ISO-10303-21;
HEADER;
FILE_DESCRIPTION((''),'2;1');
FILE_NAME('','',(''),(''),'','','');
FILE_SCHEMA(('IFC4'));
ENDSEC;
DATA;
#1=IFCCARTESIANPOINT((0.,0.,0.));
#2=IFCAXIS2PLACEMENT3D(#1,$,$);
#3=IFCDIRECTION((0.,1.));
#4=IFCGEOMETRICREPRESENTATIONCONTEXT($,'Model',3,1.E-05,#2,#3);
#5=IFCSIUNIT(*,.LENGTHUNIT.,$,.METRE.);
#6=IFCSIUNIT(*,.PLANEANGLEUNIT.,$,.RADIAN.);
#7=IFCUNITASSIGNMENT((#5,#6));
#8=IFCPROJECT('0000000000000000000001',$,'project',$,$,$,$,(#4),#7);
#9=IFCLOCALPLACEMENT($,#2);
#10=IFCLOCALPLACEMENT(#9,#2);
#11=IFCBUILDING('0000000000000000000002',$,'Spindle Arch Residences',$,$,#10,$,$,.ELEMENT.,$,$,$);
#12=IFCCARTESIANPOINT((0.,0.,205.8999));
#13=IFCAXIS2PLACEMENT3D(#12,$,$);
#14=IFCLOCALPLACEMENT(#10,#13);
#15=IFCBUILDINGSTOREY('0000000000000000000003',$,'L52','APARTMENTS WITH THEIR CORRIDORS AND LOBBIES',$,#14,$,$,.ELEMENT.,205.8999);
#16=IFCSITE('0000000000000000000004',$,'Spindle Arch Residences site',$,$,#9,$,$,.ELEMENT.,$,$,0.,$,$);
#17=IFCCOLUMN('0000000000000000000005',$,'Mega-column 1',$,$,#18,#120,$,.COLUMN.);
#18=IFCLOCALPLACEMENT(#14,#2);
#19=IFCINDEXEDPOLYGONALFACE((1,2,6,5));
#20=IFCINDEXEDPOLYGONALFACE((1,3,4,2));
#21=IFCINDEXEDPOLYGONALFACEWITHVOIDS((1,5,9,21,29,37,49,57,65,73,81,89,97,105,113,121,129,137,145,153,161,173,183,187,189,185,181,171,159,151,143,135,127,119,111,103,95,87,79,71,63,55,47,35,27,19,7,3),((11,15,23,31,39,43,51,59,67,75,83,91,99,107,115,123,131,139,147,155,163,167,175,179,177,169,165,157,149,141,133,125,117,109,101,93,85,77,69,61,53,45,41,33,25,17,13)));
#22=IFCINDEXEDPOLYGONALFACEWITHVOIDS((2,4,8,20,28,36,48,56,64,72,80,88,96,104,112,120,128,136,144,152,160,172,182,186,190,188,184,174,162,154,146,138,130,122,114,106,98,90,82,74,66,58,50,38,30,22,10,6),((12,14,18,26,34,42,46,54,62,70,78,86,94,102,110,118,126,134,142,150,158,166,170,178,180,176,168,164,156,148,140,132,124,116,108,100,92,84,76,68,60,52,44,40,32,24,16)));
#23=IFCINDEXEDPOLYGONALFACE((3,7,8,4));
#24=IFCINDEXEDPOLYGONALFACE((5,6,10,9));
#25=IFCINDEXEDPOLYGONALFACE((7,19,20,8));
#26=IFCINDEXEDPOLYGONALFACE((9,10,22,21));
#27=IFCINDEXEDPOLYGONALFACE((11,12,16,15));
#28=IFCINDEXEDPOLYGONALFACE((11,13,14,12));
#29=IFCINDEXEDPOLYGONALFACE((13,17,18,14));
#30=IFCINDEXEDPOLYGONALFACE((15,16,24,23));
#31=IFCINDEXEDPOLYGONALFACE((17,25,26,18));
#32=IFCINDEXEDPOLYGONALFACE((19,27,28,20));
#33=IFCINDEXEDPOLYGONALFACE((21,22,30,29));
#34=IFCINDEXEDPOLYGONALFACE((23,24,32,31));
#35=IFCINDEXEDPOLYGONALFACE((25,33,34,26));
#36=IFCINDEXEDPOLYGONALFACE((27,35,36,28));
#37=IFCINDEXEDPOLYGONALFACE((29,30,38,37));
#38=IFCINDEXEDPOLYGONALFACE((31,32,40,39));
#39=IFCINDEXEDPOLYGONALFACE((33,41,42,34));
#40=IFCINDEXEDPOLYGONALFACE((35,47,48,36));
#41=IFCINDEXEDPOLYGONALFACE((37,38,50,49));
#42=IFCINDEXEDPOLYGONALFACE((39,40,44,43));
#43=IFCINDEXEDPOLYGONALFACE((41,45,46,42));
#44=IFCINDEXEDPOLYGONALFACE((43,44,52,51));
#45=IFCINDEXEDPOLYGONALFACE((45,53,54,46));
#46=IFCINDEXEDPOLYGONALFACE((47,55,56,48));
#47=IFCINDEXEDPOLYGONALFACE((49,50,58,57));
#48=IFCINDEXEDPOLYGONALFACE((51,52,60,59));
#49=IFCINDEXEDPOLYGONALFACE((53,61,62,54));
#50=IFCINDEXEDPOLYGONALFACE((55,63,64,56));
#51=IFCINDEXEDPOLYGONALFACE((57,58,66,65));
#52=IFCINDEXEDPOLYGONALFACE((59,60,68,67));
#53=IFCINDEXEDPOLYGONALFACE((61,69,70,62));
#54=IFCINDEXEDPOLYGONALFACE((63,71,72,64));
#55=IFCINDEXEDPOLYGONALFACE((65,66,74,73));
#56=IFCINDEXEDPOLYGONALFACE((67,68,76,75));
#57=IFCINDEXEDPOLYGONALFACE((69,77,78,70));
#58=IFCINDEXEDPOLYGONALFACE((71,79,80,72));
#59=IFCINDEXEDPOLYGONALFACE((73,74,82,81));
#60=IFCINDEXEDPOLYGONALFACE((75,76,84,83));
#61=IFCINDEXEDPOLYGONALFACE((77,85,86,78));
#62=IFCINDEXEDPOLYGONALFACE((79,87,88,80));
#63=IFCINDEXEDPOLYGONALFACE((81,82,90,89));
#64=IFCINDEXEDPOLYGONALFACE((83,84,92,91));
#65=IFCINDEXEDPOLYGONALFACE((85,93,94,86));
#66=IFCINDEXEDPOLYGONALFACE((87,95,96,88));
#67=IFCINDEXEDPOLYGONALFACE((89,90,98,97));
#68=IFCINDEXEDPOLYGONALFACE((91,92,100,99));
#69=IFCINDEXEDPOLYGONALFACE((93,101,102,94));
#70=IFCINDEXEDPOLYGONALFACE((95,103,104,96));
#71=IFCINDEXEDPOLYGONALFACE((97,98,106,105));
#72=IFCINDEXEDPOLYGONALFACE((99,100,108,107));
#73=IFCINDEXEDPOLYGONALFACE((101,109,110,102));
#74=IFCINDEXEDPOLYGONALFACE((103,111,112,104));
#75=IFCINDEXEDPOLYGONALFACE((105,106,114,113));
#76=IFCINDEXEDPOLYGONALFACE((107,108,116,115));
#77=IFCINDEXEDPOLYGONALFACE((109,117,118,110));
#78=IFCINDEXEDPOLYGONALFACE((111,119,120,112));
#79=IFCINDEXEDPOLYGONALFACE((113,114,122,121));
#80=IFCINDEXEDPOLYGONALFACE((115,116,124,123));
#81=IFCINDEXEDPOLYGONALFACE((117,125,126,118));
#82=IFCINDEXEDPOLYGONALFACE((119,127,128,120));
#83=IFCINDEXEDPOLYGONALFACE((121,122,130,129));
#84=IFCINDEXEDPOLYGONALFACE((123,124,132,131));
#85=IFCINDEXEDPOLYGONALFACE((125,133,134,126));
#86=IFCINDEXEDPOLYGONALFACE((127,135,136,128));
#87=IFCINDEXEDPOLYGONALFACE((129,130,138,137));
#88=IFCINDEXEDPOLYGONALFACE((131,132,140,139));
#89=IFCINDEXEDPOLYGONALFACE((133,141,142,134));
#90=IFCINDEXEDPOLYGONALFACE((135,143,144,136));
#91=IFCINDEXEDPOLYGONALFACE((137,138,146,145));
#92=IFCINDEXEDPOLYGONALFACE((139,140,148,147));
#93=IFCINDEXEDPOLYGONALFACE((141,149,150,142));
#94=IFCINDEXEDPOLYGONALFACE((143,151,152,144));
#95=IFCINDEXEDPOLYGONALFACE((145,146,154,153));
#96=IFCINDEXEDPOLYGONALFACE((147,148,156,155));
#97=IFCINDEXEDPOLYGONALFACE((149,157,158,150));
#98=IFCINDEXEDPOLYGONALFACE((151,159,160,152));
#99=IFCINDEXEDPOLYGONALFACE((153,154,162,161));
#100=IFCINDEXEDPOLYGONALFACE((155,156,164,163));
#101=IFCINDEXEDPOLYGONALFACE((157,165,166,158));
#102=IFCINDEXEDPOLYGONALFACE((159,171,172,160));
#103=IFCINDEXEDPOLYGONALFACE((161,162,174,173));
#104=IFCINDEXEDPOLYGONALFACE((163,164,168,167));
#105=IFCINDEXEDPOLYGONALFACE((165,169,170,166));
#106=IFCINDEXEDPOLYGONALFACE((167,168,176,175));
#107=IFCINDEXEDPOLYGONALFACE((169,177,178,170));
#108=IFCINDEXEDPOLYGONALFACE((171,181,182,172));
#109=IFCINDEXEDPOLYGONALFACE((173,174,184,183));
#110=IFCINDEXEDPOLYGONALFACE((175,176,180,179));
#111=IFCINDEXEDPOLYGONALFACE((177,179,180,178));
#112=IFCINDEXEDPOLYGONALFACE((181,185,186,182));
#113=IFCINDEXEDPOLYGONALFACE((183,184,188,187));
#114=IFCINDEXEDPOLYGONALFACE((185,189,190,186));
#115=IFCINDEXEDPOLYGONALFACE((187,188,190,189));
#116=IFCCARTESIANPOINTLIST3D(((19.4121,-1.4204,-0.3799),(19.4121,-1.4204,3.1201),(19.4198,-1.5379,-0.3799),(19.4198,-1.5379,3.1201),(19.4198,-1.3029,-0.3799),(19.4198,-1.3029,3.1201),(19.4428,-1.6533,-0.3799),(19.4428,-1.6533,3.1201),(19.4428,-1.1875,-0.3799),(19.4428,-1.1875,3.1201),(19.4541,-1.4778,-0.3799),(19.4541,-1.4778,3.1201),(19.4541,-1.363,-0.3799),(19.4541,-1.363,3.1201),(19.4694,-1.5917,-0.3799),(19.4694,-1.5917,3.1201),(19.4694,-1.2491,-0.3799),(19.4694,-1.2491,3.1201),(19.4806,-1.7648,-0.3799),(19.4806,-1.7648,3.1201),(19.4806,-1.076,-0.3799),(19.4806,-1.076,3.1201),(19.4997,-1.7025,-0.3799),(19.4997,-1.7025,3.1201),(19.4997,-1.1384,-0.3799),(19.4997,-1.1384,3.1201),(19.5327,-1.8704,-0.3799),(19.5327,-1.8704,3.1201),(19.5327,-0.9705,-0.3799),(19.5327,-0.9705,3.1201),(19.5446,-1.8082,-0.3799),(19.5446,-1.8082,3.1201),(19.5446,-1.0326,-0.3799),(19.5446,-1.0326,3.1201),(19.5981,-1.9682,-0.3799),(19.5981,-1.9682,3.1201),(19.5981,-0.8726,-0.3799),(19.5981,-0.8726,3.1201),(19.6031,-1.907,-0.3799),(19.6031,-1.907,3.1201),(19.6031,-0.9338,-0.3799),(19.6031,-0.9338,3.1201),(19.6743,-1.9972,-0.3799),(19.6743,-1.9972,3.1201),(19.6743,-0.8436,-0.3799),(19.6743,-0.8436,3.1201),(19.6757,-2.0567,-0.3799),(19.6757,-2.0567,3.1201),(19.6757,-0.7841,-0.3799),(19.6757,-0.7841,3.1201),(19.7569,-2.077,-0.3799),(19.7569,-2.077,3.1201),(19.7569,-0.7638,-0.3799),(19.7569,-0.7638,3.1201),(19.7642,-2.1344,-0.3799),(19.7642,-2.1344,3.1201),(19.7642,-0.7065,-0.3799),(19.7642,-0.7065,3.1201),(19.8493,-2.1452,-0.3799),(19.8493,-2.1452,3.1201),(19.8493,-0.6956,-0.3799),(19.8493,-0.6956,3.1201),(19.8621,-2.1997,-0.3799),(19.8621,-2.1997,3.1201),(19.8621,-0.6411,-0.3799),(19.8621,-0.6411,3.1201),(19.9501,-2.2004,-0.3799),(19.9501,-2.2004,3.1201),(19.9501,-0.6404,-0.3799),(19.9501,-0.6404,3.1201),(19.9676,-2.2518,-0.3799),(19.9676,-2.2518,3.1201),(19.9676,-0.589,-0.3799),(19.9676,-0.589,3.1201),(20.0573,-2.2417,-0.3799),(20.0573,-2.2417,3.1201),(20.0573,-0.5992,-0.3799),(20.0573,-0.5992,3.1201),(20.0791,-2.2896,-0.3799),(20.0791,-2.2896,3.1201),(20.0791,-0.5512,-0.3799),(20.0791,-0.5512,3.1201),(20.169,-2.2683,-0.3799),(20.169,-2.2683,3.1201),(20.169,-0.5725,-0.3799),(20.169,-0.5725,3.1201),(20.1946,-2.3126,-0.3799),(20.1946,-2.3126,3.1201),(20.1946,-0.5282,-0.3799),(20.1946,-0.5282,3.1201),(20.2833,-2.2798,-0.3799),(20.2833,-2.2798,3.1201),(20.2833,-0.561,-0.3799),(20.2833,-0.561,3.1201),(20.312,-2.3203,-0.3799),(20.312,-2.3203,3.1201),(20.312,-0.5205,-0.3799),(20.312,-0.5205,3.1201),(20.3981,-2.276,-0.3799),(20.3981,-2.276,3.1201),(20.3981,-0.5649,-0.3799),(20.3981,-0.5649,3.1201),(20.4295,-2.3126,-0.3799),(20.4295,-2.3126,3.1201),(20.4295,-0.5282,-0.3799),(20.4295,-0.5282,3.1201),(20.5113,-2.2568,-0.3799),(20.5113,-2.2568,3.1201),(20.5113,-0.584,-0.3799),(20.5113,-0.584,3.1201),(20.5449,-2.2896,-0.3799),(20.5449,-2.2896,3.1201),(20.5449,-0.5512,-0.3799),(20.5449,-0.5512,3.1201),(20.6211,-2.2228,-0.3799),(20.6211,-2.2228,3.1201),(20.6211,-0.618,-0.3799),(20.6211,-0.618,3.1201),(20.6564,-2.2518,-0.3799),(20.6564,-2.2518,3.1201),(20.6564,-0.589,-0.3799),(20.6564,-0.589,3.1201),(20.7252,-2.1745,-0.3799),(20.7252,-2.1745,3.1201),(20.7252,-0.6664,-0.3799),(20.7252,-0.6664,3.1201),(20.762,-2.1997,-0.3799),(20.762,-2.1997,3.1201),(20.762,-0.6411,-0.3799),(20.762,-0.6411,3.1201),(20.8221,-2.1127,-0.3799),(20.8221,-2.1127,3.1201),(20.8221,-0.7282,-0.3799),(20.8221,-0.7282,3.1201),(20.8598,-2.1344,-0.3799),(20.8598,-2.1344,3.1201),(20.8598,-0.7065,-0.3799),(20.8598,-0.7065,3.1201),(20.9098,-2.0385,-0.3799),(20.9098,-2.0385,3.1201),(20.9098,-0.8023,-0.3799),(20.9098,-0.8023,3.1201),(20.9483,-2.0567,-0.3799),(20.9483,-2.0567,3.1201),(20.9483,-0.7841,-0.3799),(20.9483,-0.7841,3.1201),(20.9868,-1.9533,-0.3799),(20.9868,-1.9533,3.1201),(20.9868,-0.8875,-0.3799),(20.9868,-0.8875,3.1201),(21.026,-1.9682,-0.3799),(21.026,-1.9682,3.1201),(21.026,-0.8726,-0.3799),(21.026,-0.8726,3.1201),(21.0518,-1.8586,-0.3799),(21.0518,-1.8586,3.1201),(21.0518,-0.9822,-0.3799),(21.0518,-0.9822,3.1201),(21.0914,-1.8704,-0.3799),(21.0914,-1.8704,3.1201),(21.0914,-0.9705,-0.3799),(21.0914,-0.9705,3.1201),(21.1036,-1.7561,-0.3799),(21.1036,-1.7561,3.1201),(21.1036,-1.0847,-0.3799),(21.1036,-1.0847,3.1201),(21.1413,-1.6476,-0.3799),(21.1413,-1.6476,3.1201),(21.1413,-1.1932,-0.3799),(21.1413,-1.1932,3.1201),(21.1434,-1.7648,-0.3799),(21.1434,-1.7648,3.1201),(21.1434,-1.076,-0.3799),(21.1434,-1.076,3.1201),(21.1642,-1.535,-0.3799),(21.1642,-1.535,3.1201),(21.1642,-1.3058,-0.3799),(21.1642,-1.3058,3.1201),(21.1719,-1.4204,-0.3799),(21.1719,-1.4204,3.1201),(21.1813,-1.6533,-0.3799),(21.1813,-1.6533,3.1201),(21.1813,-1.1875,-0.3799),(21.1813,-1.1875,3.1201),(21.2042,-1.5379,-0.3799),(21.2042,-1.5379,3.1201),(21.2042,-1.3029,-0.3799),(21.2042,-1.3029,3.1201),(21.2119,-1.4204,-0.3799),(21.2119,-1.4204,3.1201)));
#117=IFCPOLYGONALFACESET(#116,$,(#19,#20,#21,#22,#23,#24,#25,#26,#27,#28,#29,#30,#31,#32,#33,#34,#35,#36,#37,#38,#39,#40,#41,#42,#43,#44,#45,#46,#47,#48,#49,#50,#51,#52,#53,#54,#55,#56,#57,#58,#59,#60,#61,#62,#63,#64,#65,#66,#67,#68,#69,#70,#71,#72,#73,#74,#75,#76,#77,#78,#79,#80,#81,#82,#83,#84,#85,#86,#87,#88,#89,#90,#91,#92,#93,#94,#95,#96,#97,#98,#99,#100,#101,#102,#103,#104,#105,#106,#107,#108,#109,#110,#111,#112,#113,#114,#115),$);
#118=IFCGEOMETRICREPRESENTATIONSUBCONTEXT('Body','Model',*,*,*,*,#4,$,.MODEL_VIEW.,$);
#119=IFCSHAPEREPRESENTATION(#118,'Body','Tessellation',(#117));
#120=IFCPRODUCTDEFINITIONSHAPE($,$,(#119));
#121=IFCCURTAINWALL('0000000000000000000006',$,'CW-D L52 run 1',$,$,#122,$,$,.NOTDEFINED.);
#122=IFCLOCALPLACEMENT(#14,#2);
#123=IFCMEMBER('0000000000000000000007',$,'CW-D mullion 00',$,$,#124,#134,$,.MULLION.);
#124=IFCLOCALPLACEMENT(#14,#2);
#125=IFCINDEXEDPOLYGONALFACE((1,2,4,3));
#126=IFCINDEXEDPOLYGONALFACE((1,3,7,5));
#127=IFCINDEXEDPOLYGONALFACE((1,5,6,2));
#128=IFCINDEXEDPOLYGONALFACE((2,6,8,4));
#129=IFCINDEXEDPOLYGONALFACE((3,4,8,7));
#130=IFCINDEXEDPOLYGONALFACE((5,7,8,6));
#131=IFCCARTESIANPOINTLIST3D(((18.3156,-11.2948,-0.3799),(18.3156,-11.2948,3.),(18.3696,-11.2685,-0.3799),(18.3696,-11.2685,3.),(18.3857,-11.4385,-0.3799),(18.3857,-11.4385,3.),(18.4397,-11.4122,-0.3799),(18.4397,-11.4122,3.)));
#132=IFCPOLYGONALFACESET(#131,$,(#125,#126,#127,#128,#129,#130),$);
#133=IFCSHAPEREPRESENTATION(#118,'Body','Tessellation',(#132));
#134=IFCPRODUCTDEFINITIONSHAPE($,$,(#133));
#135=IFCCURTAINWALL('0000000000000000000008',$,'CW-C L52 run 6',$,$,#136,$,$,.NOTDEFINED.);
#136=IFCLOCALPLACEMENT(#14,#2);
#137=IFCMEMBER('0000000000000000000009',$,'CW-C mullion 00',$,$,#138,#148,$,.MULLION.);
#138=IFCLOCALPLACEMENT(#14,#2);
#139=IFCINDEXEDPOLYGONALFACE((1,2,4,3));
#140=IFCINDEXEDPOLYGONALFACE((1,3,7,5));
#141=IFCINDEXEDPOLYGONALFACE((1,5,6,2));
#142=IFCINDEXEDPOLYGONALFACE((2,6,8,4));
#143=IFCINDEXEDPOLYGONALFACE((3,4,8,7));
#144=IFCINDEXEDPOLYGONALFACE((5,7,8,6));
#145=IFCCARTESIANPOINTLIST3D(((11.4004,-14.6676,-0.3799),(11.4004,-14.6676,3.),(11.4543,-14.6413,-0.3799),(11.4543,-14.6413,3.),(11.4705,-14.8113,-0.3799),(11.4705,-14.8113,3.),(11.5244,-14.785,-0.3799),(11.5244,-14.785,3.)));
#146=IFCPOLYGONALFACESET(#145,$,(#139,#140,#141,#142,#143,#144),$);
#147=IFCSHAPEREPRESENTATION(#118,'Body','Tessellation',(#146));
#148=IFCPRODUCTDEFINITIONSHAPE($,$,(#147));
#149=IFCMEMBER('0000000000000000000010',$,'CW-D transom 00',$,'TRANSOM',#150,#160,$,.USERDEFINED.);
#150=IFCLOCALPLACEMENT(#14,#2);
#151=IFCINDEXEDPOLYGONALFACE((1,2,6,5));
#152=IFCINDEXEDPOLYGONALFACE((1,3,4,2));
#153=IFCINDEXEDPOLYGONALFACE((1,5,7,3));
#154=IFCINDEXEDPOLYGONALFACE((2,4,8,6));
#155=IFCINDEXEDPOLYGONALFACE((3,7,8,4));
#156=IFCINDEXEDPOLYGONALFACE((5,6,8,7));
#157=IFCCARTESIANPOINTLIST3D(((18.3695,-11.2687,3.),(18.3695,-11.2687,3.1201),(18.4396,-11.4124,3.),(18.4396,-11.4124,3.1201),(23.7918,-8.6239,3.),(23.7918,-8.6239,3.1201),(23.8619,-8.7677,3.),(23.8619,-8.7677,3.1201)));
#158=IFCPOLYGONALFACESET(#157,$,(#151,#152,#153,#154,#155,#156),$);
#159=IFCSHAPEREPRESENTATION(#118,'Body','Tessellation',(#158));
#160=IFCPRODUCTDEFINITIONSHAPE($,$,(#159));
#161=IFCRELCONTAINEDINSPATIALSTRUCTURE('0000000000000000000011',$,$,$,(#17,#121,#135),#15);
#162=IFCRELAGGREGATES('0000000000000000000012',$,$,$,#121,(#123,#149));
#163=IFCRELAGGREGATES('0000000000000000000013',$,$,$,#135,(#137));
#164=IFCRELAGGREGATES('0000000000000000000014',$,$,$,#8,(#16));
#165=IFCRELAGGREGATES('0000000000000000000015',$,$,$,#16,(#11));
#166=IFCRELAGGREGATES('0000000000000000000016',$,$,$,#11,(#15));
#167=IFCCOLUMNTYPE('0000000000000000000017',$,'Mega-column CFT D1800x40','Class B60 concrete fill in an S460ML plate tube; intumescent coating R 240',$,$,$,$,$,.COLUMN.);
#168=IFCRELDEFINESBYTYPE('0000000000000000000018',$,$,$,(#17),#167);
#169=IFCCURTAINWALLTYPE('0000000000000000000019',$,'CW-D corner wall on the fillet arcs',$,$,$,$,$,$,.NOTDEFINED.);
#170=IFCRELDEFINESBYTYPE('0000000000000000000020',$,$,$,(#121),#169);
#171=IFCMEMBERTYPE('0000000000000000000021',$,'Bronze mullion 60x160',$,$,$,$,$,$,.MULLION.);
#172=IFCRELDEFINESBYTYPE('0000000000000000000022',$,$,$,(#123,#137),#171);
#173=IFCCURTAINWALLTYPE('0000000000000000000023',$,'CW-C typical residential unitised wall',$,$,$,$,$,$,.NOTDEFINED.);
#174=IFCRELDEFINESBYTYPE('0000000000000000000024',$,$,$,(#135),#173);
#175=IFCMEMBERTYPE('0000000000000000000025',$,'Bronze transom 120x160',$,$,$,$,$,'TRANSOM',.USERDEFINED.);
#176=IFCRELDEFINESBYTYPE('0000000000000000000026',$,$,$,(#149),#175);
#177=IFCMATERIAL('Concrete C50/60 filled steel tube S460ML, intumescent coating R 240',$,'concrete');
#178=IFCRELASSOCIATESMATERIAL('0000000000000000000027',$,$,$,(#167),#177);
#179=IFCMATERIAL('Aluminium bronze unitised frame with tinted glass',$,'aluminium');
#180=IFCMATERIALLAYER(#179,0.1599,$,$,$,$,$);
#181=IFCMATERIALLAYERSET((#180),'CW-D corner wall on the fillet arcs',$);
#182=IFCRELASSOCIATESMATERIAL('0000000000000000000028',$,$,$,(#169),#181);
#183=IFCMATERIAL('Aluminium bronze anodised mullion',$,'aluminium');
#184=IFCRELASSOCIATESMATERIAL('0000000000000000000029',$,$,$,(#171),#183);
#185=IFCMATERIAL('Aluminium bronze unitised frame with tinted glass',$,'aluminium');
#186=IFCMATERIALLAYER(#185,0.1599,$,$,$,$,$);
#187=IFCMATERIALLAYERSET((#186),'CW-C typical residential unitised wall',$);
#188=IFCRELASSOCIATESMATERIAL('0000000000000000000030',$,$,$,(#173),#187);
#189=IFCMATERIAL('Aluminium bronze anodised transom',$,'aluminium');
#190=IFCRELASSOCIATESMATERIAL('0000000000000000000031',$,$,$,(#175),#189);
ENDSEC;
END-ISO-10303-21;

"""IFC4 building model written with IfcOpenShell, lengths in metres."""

from ifc_helpers import new_model, si_unit, direction, frame, origin, origin_2d, place, context, subcontext, project, spatial, rectangle, hollow_circle, extrude, material, layer, layer_set, material_profile, profile_set, type_object, element, aggregate, save


model = new_model("IFC4")

# Units and contexts
model_context = context("Model", 3, precision=1e-05, world=origin(), true_north=direction((0.0, 1.0)))
body_context = subcontext(model_context, "Body", "Model", "MODEL_VIEW")
ifc_project = project(units=[si_unit("LENGTHUNIT", "METRE"), si_unit("PLANEANGLEUNIT", "RADIAN")], contexts=[model_context])

# Site, building, storey
site_placement = place(None, origin())
site = spatial("IfcSite", under=ifc_project, at=site_placement, Name="Spindle Arch Residences site", CompositionType="ELEMENT", RefElevation=0.0)
building_placement = place(site_placement, origin())
building = spatial("IfcBuilding", under=site, at=building_placement, Name="Spindle Arch Residences", CompositionType="ELEMENT")
storey_placement = place(building_placement, frame((0.0, 0.0, 205.8999)))
storey = spatial("IfcBuildingStorey", under=building, at=storey_placement, Name="L52", Description="APARTMENTS WITH THEIR CORRIDORS AND LOBBIES", CompositionType="ELEMENT", Elevation=205.8999)

# Column
ifc_material_1 = material(Name="Concrete C50/60 filled steel tube S460ML, intumescent coating R 240", Category="concrete")
ifc_material_profile_1 = material_profile(ifc_material_1, hollow_circle(Radius=0.8999, WallThickness=0.04, at=origin_2d()), Name="CFT D1800x40")
ifc_profile_set_1 = profile_set([ifc_material_profile_1], Name="Concrete C50/60 filled steel tube S460ML, intumescent coating R 240")
column_type_1 = type_object("IfcColumnType", Name="Mega-column CFT D1800x40", Description="Class B60 concrete fill in an S460ML plate tube; intumescent coating R 240", PredefinedType="COLUMN", material=ifc_profile_set_1)
column_placement = place(storey_placement, frame((20.312, -1.4204, -0.3799), z_axis=(0.0, 0.0, 1.0), x_axis=(1.0, 0.0, 0.0)))
element("IfcColumn", 1, at=column_placement, inside=storey, type_object=column_type_1, Name="Mega-column 1", PredefinedType="COLUMN", context=body_context, shape_type="SweptSolid", body=[
    extrude(hollow_circle(Radius=0.8999, WallThickness=0.04, at=origin_2d()), origin(), (0.0, 0.0, 1.0), 3.5),
])

# Curtain walls, members
ifc_material_2 = material(Name="Aluminium bronze unitised frame with tinted glass", Category="aluminium")
ifc_layer_1 = layer(ifc_material_2, 0.1599)
ifc_layer_set_1 = layer_set([ifc_layer_1], Name="CW-D corner wall on the fillet arcs")
curtain_wall_type_1 = type_object("IfcCurtainWallType", Name="CW-D corner wall on the fillet arcs", PredefinedType="NOTDEFINED", material=ifc_layer_set_1)
curtain_wall_1_placement = place(storey_placement, origin())
curtain_wall_1 = element("IfcCurtainWall", 2, at=curtain_wall_1_placement, inside=storey, type_object=curtain_wall_type_1, Name="CW-D L52 run 1", PredefinedType="NOTDEFINED")
ifc_material_3 = material(Name="Aluminium bronze anodised mullion", Category="aluminium")
ifc_material_profile_2 = material_profile(ifc_material_3, rectangle(XDim=0.1599, YDim=0.0601, at=origin_2d()), Name="MU 60x160")
ifc_profile_set_2 = profile_set([ifc_material_profile_2], Name="Aluminium bronze anodised mullion")
member_type_1 = type_object("IfcMemberType", Name="Bronze mullion 60x160", PredefinedType="MULLION", material=ifc_profile_set_2)
member_1_placement = place(storey_placement, frame((18.3777, -11.3535, -0.3799), z_axis=(0.0, 0.0, 1.0), x_axis=(-0.438371, 0.898794, 0.0)))
member_1 = element("IfcMember", 3, at=member_1_placement, type_object=member_type_1, Name="CW-D mullion 00", PredefinedType="MULLION", context=body_context, shape_type="SweptSolid", body=[
    extrude(rectangle(XDim=0.1599, YDim=0.0601, at=origin_2d()), origin(), (0.0, 0.0, 1.0), 3.3799),
])
ifc_material_4 = material(Name="Aluminium bronze unitised frame with tinted glass", Category="aluminium")
ifc_layer_2 = layer(ifc_material_4, 0.1599)
ifc_layer_set_2 = layer_set([ifc_layer_2], Name="CW-C typical residential unitised wall")
curtain_wall_type_2 = type_object("IfcCurtainWallType", Name="CW-C typical residential unitised wall", PredefinedType="NOTDEFINED", material=ifc_layer_set_2)
curtain_wall_2_placement = place(storey_placement, origin())
curtain_wall_2 = element("IfcCurtainWall", 4, at=curtain_wall_2_placement, inside=storey, type_object=curtain_wall_type_2, Name="CW-C L52 run 6", PredefinedType="NOTDEFINED")
member_2_placement = place(storey_placement, frame((11.4624, -14.7263, -0.3799), z_axis=(0.0, 0.0, 1.0), x_axis=(-0.438371, 0.898794, 0.0)))
member_2 = element("IfcMember", 5, at=member_2_placement, type_object=member_type_1, Name="CW-C mullion 00", PredefinedType="MULLION", context=body_context, shape_type="SweptSolid", body=[
    extrude(rectangle(XDim=0.1599, YDim=0.0601, at=origin_2d()), origin(), (0.0, 0.0, 1.0), 3.3799),
])

# Member
ifc_material_5 = material(Name="Aluminium bronze anodised transom", Category="aluminium")
ifc_material_profile_3 = material_profile(ifc_material_5, rectangle(XDim=0.1599, YDim=0.1201, at=origin_2d()), Name="TR 120x160")
ifc_profile_set_3 = profile_set([ifc_material_profile_3], Name="Aluminium bronze anodised transom")
member_type_2 = type_object("IfcMemberType", Name="Bronze transom 120x160", ElementType="TRANSOM", PredefinedType="USERDEFINED", material=ifc_profile_set_3)
member_3_placement = place(storey_placement, frame((18.4045, -11.3406, 3.0601), z_axis=(0.898787, 0.438386, 0.0), x_axis=(-0.438386, 0.898787, 0.0)))
member_3 = element("IfcMember", 6, at=member_3_placement, type_object=member_type_2, Name="CW-D transom 00", ObjectType="TRANSOM", PredefinedType="USERDEFINED", context=body_context, shape_type="SweptSolid", body=[
    extrude(rectangle(XDim=0.1599, YDim=0.1201, at=origin_2d()), origin(), (0.0, 0.0, 1.0), 6.033),
])

aggregate(curtain_wall_1, [member_1, member_3])
aggregate(curtain_wall_2, [member_2])

save(model, "model.ifc")
